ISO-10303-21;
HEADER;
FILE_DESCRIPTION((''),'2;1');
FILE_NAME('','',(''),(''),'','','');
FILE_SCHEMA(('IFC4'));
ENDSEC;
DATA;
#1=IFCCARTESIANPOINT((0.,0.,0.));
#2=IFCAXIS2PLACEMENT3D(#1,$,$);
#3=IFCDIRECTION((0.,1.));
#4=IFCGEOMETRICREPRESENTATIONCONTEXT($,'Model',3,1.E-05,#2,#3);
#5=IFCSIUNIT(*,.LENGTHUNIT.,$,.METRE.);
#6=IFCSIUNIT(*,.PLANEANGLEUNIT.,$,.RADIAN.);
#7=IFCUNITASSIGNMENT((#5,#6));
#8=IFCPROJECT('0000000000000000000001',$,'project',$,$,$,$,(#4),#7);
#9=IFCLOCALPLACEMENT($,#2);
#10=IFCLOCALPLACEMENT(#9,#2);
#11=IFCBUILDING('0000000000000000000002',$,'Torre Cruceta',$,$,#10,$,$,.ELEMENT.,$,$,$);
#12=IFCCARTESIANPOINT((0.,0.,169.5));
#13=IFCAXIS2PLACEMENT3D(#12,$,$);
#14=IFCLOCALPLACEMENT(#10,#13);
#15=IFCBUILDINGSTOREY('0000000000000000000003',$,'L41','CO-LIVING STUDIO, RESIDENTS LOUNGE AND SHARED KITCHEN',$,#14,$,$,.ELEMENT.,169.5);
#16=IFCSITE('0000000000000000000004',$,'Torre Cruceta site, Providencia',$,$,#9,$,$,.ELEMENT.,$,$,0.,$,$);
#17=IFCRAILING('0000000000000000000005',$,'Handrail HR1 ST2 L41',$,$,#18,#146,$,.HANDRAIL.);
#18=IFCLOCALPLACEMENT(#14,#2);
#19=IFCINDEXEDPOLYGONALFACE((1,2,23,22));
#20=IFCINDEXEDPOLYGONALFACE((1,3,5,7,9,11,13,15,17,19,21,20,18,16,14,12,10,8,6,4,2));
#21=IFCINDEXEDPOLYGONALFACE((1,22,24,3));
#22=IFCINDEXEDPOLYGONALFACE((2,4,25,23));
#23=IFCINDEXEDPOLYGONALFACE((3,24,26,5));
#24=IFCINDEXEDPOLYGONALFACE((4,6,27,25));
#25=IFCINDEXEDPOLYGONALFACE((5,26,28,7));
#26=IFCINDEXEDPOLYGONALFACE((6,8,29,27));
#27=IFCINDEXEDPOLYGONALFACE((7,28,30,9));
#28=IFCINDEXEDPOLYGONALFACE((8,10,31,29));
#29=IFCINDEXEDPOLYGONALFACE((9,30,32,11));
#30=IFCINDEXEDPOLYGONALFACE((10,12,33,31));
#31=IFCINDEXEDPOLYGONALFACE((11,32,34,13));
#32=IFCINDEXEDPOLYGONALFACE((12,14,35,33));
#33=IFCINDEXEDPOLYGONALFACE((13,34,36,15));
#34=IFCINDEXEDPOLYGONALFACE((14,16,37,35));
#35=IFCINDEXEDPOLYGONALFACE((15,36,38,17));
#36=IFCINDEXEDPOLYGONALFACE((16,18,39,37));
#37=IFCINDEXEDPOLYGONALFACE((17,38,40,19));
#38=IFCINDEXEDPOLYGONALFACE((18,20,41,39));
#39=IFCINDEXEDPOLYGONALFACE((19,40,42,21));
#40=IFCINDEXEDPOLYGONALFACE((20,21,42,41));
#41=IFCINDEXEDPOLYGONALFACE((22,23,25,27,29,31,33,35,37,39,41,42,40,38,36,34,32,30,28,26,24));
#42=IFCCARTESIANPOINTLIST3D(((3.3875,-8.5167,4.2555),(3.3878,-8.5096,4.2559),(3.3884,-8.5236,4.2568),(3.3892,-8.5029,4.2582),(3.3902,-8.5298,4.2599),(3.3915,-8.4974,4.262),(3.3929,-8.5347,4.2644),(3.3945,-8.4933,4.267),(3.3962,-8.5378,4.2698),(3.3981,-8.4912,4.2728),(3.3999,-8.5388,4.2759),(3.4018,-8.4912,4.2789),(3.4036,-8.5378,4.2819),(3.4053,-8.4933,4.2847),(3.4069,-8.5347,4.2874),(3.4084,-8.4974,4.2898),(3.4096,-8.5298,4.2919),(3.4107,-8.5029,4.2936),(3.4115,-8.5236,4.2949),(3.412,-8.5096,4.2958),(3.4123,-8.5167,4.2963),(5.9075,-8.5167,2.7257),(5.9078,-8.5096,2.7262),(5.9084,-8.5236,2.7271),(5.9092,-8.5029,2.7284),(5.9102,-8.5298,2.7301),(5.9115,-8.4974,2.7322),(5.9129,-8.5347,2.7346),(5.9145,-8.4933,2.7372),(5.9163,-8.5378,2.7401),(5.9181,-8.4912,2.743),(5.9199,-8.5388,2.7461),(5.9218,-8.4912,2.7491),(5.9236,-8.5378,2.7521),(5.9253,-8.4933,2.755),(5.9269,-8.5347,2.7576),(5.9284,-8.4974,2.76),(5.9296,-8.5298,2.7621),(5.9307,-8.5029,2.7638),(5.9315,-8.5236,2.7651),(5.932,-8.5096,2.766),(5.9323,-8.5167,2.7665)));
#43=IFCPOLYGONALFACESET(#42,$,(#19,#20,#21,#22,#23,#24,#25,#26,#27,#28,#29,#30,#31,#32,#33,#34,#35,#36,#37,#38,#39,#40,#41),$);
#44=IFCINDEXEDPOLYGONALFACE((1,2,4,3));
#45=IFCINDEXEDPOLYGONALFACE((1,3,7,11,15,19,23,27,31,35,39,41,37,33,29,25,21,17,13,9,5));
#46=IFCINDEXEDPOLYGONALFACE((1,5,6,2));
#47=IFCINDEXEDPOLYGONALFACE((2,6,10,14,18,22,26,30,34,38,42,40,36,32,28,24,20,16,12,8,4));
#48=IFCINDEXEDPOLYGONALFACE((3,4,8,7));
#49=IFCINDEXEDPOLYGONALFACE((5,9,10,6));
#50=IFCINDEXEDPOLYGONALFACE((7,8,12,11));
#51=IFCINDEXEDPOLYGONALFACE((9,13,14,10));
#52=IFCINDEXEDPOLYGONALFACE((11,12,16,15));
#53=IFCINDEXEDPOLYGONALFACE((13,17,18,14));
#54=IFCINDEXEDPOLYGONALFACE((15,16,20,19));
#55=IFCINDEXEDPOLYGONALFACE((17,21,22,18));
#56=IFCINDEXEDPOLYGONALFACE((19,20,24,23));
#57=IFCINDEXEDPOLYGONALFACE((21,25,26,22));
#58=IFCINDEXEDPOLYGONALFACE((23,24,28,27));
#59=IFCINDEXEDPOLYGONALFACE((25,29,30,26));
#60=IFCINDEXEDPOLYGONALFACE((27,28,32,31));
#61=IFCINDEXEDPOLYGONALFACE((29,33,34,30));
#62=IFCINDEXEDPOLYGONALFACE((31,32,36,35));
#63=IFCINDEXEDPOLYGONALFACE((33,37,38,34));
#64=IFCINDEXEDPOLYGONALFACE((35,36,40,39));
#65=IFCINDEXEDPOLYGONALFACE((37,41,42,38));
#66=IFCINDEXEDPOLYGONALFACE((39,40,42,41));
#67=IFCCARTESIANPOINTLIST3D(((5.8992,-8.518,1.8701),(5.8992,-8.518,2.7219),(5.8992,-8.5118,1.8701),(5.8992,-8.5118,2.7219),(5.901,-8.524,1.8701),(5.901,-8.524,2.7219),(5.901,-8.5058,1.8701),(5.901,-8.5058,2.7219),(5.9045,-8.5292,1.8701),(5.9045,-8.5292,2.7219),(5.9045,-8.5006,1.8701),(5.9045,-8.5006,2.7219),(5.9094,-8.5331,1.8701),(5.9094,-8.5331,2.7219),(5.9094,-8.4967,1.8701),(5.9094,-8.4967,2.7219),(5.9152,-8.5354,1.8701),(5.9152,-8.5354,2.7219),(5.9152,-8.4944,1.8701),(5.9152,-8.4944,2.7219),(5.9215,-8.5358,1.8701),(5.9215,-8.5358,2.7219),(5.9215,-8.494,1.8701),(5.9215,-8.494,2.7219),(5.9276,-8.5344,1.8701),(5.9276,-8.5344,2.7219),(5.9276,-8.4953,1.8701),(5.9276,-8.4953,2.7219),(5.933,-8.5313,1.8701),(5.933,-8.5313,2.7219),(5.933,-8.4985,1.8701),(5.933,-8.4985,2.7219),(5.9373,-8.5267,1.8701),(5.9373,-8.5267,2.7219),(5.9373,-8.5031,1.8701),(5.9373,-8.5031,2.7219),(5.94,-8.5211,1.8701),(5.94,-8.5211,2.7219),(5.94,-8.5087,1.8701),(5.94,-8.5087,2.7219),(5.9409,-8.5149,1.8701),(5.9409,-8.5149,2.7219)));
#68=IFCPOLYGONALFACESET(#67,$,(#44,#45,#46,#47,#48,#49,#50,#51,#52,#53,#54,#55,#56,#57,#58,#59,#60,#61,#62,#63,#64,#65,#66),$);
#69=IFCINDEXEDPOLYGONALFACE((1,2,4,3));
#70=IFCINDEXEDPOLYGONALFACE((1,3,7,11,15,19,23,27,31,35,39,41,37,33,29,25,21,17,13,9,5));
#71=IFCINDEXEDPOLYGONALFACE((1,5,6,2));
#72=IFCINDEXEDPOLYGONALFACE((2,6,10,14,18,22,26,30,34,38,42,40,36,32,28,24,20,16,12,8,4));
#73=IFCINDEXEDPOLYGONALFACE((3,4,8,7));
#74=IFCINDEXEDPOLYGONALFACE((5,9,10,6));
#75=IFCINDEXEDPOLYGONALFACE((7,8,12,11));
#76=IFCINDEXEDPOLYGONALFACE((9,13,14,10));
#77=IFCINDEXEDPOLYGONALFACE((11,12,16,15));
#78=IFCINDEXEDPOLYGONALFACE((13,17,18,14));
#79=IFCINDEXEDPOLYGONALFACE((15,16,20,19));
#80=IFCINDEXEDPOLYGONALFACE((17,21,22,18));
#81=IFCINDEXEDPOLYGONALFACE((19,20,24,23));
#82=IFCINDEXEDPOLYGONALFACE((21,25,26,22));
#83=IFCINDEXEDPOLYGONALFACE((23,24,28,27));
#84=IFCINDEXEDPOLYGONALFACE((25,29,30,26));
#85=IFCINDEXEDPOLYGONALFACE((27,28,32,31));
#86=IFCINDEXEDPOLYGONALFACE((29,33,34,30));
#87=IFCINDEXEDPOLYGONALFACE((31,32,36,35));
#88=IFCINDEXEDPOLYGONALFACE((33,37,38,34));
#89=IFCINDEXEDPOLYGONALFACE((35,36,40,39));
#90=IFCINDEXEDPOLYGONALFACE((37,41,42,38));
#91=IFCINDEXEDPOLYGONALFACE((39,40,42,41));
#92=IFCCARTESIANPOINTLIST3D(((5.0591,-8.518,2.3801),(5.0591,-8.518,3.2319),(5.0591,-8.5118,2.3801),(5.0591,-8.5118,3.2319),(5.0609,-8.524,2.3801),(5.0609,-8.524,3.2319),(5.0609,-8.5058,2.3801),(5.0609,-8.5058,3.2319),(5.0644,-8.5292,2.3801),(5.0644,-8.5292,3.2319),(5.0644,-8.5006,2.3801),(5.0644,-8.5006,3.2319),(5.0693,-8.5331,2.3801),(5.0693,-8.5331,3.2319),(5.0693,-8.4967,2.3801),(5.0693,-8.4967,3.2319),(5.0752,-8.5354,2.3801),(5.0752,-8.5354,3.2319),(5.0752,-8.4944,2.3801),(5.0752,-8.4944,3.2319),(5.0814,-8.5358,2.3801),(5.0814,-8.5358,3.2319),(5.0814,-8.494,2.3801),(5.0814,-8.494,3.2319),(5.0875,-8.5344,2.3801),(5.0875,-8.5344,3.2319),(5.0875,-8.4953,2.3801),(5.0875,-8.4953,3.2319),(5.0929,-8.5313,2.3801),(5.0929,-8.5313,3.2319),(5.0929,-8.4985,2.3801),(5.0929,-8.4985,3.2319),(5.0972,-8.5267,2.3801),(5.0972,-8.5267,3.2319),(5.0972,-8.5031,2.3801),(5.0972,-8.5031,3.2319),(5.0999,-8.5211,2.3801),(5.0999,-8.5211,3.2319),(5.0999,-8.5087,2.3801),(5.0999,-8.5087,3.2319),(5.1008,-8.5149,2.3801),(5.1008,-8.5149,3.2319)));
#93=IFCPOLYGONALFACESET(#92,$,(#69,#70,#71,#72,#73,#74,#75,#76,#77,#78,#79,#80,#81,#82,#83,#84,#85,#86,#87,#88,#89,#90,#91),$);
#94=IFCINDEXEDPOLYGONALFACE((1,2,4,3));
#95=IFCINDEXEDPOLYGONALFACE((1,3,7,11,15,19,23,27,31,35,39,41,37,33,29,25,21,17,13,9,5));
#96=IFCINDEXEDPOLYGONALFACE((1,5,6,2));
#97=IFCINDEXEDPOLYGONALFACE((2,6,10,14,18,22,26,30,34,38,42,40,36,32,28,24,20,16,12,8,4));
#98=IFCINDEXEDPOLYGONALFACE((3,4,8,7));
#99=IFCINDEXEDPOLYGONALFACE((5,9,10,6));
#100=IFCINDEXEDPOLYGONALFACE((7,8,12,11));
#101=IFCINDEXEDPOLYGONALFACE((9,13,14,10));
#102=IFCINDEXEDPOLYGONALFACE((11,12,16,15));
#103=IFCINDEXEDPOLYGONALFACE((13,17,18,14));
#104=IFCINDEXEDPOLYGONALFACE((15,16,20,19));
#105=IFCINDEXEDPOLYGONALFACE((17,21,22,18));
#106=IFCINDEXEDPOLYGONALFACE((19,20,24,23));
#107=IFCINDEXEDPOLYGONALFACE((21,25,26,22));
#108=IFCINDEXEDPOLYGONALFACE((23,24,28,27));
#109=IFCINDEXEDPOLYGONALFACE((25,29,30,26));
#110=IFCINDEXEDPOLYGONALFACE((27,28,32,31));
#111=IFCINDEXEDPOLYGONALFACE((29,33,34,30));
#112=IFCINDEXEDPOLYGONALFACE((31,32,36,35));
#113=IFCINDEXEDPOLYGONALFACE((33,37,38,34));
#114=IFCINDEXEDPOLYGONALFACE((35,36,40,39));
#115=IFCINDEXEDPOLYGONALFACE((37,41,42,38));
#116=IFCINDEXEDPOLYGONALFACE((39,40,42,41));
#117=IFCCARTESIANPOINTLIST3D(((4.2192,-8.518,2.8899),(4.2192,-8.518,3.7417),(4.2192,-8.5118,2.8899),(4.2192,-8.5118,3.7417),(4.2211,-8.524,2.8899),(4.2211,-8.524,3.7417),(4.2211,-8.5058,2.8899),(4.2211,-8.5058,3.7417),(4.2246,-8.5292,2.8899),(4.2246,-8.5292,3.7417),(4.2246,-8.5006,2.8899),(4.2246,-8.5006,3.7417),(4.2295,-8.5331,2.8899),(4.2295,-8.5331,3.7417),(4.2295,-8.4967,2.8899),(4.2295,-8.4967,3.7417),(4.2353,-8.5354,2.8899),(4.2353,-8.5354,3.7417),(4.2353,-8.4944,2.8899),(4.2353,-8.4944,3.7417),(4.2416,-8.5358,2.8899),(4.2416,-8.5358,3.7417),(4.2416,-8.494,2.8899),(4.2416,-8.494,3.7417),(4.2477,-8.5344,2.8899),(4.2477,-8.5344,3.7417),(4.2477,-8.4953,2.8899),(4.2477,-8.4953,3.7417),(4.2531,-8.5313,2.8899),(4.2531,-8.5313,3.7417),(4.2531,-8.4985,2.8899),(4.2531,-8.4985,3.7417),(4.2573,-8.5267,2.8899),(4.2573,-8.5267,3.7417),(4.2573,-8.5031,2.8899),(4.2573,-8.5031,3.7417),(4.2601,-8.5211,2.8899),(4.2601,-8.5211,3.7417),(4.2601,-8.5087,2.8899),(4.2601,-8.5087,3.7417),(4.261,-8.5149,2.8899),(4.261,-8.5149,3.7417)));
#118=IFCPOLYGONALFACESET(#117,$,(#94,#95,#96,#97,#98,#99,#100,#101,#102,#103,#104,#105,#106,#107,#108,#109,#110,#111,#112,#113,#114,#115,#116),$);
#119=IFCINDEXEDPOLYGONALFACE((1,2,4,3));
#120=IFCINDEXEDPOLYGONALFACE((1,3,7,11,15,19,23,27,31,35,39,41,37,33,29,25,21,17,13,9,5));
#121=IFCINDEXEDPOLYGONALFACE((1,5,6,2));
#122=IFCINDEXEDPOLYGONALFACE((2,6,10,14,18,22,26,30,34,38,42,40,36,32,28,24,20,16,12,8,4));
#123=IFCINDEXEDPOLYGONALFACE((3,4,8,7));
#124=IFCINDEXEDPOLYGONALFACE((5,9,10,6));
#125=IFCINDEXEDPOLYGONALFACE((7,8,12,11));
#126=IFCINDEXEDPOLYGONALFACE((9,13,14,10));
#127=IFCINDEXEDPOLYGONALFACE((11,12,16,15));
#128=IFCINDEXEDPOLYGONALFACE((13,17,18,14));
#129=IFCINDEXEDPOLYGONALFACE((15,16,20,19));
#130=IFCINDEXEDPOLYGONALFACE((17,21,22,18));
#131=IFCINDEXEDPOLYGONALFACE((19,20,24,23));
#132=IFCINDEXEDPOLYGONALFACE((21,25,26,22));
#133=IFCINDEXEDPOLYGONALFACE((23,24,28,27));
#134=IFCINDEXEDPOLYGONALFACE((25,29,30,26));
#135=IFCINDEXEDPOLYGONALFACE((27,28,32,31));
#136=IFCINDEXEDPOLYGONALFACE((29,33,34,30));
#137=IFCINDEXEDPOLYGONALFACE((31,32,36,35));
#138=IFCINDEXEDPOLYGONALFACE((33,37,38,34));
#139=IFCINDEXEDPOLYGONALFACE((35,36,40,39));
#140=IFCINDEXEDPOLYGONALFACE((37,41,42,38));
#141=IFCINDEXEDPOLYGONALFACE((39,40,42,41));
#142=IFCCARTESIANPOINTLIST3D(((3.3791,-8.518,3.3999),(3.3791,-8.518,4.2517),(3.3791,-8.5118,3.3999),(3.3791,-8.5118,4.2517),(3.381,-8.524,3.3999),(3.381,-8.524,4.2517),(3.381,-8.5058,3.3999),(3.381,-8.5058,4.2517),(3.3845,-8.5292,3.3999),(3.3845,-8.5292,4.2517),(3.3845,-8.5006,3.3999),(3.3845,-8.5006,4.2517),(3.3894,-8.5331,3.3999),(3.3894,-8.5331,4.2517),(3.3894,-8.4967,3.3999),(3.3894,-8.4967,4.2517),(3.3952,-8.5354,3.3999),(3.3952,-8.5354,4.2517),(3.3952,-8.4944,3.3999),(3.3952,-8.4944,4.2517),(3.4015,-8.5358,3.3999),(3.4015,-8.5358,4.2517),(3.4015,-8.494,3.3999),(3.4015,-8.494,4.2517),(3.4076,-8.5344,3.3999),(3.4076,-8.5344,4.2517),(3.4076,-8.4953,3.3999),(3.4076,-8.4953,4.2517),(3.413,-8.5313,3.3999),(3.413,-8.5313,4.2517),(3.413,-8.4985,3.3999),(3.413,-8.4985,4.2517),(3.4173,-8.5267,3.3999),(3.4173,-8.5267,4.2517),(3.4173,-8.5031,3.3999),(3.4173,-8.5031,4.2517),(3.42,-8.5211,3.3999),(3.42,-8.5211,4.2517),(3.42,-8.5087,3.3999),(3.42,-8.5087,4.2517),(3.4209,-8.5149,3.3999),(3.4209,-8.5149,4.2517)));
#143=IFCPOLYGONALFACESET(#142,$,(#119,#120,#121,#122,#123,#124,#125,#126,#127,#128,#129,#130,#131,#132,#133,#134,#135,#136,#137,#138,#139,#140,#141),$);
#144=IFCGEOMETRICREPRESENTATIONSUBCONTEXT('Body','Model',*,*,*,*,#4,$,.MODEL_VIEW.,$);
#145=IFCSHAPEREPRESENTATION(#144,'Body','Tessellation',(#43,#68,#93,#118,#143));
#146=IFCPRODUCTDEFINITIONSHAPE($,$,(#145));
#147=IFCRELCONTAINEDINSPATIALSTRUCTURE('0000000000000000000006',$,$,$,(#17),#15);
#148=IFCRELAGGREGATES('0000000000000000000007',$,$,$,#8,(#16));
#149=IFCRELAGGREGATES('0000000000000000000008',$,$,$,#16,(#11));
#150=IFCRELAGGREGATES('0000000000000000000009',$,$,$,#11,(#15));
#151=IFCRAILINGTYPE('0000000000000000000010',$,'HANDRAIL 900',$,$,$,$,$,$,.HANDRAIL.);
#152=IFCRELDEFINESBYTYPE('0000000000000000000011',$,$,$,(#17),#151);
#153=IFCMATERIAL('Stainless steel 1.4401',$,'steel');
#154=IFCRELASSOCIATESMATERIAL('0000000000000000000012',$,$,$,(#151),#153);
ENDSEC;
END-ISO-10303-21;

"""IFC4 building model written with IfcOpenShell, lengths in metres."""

from ifc_helpers import new_model, si_unit, direction, frame, origin, origin_2d, place, context, subcontext, project, spatial, circle, extrude, material, type_object, element, save


model = new_model("IFC4")

# Units and contexts
model_context = context("Model", 3, precision=1e-05, world=origin(), true_north=direction((0.0, 1.0)))
body_context = subcontext(model_context, "Body", "Model", "MODEL_VIEW")
ifc_project = project(units=[si_unit("LENGTHUNIT", "METRE"), si_unit("PLANEANGLEUNIT", "RADIAN")], contexts=[model_context])

# Site, building, storey
site_placement = place(None, origin())
site = spatial("IfcSite", under=ifc_project, at=site_placement, Name="Torre Cruceta site, Providencia", CompositionType="ELEMENT", RefElevation=0.0)
building_placement = place(site_placement, origin())
building = spatial("IfcBuilding", under=site, at=building_placement, Name="Torre Cruceta", CompositionType="ELEMENT")
storey_placement = place(building_placement, frame((0.0, 0.0, 169.5)))
storey = spatial("IfcBuildingStorey", under=building, at=storey_placement, Name="L41", Description="CO-LIVING STUDIO, RESIDENTS LOUNGE AND SHARED KITCHEN", CompositionType="ELEMENT", Elevation=169.5)

# Railing
ifc_material_1 = material(Name="Stainless steel 1.4401", Category="steel")
railing_type = type_object("IfcRailingType", Name="HANDRAIL 900", PredefinedType="HANDRAIL", material=ifc_material_1)
railing_placement = place(storey_placement, frame((5.9199, -8.5149, 1.8701)))
element("IfcRailing", 1, at=railing_placement, inside=storey, type_object=railing_type, Name="Handrail HR1 ST2 L41", PredefinedType="HANDRAIL", context=body_context, shape_type="SweptSolid", body=[
    extrude(circle(Radius=0.0239, at=origin_2d()), frame((0.0, 0.0, 0.876), z_axis=(-0.854822, 0.0, 0.518922), x_axis=(0.0, -1.0, 0.0)), (0.0, 0.0, 1.0), 2.948),
    extrude(circle(Radius=0.021, at=origin_2d()), origin(), (0.0, 0.0, 1.0), 0.8518),
    extrude(circle(Radius=0.021, at=origin_2d()), frame((-0.8401, 0.0, 0.51)), (0.0, 0.0, 1.0), 0.8518),
    extrude(circle(Radius=0.021, at=origin_2d()), frame((-1.6799, 0.0, 1.0198)), (0.0, 0.0, 1.0), 0.8518),
    extrude(circle(Radius=0.021, at=origin_2d()), frame((-2.52, 0.0, 1.5298)), (0.0, 0.0, 1.0), 0.8518),
])

save(model, "model.ifc")
